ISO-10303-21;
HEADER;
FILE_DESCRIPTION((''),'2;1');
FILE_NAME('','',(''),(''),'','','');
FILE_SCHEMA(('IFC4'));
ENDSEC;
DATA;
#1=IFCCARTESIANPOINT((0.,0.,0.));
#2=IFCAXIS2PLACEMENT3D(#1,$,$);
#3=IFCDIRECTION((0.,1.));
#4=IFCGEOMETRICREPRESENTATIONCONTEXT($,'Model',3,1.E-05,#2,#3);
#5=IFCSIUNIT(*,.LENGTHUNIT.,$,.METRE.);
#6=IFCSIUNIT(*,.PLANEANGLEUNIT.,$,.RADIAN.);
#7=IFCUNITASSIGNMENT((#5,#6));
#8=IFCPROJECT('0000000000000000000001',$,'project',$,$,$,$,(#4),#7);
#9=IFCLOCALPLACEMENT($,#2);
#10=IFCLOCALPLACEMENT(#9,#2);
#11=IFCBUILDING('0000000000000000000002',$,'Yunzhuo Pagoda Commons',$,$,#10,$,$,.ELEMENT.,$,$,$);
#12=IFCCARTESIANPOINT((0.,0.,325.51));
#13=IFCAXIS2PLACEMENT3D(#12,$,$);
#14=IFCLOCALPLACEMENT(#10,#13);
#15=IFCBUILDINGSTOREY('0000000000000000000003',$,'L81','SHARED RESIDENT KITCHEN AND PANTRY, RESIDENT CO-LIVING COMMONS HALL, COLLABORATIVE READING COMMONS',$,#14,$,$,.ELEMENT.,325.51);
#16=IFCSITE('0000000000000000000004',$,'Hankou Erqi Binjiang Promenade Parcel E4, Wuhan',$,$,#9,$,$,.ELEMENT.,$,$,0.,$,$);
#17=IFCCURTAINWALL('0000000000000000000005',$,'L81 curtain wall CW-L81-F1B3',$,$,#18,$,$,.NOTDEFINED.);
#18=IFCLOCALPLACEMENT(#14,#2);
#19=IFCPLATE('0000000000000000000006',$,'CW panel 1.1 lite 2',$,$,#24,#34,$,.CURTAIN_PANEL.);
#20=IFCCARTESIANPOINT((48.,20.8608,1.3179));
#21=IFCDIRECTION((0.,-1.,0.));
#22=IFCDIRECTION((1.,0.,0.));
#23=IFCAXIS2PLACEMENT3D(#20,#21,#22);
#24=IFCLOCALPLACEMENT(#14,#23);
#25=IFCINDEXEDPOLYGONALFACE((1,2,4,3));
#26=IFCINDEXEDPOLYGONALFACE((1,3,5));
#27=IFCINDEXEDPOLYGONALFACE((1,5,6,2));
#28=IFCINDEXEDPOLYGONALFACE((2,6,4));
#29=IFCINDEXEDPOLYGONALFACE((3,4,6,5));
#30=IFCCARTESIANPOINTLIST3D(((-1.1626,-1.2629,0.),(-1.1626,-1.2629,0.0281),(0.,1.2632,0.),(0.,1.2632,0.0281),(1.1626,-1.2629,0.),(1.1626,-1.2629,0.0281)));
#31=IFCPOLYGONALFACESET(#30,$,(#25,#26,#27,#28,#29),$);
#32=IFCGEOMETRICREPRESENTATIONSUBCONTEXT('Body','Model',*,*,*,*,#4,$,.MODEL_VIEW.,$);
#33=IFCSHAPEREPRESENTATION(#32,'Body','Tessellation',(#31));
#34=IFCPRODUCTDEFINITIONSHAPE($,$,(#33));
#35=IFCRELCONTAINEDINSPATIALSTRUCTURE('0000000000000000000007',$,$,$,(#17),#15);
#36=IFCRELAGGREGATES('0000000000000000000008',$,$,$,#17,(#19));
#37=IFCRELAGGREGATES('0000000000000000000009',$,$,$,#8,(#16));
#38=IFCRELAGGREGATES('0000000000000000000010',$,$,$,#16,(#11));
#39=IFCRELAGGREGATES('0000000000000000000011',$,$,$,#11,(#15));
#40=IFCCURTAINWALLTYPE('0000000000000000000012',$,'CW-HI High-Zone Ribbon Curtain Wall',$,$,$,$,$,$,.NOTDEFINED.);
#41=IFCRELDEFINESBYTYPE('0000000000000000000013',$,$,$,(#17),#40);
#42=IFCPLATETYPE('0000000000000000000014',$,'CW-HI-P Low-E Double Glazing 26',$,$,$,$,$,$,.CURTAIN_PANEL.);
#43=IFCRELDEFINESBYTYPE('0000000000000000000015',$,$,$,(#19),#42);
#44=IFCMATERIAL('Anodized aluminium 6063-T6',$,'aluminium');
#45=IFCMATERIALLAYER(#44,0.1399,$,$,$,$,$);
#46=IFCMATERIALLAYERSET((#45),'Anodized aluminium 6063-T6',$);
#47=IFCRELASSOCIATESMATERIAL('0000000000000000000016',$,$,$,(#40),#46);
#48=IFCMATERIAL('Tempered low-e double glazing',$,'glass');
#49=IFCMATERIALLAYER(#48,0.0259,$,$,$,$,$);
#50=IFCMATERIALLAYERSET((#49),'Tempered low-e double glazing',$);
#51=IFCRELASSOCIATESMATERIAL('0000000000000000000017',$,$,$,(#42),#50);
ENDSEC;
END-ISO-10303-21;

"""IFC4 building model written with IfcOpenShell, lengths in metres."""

from ifc_helpers import new_model, si_unit, direction, frame, origin, place, context, subcontext, project, spatial, polyline, outline, extrude, material, layer, layer_set, type_object, element, aggregate, save


model = new_model("IFC4")

# Units and contexts
model_context = context("Model", 3, precision=1e-05, world=origin(), true_north=direction((0.0, 1.0)))
body_context = subcontext(model_context, "Body", "Model", "MODEL_VIEW")
ifc_project = project(units=[si_unit("LENGTHUNIT", "METRE"), si_unit("PLANEANGLEUNIT", "RADIAN")], contexts=[model_context])

# Site, building, storey
site_placement = place(None, origin())
site = spatial("IfcSite", under=ifc_project, at=site_placement, Name="Hankou Erqi Binjiang Promenade Parcel E4, Wuhan", CompositionType="ELEMENT", RefElevation=0.0)
building_placement = place(site_placement, origin())
building = spatial("IfcBuilding", under=site, at=building_placement, Name="Yunzhuo Pagoda Commons", CompositionType="ELEMENT")
storey_placement = place(building_placement, frame((0.0, 0.0, 325.51)))
storey = spatial("IfcBuildingStorey", under=building, at=storey_placement, Name="L81", Description="SHARED RESIDENT KITCHEN AND PANTRY, RESIDENT CO-LIVING COMMONS HALL, COLLABORATIVE READING COMMONS", CompositionType="ELEMENT", Elevation=325.51)

# Shared definitions
ifc_material_1 = material(Name="Anodized aluminium 6063-T6", Category="aluminium")
ifc_layer_1 = layer(ifc_material_1, 0.1399)
ifc_layer_set_1 = layer_set([ifc_layer_1], Name="Anodized aluminium 6063-T6")
curtain_wall_type = type_object("IfcCurtainWallType", Name="CW-HI High-Zone Ribbon Curtain Wall", PredefinedType="NOTDEFINED", material=ifc_layer_set_1)

# Curtain wall, plate
curtain_wall_1_placement = place(storey_placement, origin())
curtain_wall_1 = element("IfcCurtainWall", 1, at=curtain_wall_1_placement, inside=storey, type_object=curtain_wall_type, Name="L81 curtain wall CW-L81-F1B3", PredefinedType="NOTDEFINED")
ifc_material_2 = material(Name="Tempered low-e double glazing", Category="glass")
ifc_layer_2 = layer(ifc_material_2, 0.0259)
ifc_layer_set_2 = layer_set([ifc_layer_2], Name="Tempered low-e double glazing")
plate_type_1 = type_object("IfcPlateType", Name="CW-HI-P Low-E Double Glazing 26", PredefinedType="CURTAIN_PANEL", material=ifc_layer_set_2)
plate_1_placement = place(storey_placement, frame((48.0, 20.8608, 1.3179), z_axis=(0.0, -1.0, 0.0), x_axis=(1.0, 0.0, 0.0)))
plate_1 = element("IfcPlate", 2, at=plate_1_placement, type_object=plate_type_1, Name="CW panel 1.1 lite 2", PredefinedType="CURTAIN_PANEL", context=body_context, shape_type="SweptSolid", body=[
    extrude(outline(polyline([(-1.1626, -1.2629), (1.1626, -1.2629), (0.0, 1.2632), (-1.1626, -1.2629)])), origin(), (0.0, 0.0, 1.0), 0.0281),
])
aggregate(curtain_wall_1, [plate_1])

save(model, "model.ifc")
